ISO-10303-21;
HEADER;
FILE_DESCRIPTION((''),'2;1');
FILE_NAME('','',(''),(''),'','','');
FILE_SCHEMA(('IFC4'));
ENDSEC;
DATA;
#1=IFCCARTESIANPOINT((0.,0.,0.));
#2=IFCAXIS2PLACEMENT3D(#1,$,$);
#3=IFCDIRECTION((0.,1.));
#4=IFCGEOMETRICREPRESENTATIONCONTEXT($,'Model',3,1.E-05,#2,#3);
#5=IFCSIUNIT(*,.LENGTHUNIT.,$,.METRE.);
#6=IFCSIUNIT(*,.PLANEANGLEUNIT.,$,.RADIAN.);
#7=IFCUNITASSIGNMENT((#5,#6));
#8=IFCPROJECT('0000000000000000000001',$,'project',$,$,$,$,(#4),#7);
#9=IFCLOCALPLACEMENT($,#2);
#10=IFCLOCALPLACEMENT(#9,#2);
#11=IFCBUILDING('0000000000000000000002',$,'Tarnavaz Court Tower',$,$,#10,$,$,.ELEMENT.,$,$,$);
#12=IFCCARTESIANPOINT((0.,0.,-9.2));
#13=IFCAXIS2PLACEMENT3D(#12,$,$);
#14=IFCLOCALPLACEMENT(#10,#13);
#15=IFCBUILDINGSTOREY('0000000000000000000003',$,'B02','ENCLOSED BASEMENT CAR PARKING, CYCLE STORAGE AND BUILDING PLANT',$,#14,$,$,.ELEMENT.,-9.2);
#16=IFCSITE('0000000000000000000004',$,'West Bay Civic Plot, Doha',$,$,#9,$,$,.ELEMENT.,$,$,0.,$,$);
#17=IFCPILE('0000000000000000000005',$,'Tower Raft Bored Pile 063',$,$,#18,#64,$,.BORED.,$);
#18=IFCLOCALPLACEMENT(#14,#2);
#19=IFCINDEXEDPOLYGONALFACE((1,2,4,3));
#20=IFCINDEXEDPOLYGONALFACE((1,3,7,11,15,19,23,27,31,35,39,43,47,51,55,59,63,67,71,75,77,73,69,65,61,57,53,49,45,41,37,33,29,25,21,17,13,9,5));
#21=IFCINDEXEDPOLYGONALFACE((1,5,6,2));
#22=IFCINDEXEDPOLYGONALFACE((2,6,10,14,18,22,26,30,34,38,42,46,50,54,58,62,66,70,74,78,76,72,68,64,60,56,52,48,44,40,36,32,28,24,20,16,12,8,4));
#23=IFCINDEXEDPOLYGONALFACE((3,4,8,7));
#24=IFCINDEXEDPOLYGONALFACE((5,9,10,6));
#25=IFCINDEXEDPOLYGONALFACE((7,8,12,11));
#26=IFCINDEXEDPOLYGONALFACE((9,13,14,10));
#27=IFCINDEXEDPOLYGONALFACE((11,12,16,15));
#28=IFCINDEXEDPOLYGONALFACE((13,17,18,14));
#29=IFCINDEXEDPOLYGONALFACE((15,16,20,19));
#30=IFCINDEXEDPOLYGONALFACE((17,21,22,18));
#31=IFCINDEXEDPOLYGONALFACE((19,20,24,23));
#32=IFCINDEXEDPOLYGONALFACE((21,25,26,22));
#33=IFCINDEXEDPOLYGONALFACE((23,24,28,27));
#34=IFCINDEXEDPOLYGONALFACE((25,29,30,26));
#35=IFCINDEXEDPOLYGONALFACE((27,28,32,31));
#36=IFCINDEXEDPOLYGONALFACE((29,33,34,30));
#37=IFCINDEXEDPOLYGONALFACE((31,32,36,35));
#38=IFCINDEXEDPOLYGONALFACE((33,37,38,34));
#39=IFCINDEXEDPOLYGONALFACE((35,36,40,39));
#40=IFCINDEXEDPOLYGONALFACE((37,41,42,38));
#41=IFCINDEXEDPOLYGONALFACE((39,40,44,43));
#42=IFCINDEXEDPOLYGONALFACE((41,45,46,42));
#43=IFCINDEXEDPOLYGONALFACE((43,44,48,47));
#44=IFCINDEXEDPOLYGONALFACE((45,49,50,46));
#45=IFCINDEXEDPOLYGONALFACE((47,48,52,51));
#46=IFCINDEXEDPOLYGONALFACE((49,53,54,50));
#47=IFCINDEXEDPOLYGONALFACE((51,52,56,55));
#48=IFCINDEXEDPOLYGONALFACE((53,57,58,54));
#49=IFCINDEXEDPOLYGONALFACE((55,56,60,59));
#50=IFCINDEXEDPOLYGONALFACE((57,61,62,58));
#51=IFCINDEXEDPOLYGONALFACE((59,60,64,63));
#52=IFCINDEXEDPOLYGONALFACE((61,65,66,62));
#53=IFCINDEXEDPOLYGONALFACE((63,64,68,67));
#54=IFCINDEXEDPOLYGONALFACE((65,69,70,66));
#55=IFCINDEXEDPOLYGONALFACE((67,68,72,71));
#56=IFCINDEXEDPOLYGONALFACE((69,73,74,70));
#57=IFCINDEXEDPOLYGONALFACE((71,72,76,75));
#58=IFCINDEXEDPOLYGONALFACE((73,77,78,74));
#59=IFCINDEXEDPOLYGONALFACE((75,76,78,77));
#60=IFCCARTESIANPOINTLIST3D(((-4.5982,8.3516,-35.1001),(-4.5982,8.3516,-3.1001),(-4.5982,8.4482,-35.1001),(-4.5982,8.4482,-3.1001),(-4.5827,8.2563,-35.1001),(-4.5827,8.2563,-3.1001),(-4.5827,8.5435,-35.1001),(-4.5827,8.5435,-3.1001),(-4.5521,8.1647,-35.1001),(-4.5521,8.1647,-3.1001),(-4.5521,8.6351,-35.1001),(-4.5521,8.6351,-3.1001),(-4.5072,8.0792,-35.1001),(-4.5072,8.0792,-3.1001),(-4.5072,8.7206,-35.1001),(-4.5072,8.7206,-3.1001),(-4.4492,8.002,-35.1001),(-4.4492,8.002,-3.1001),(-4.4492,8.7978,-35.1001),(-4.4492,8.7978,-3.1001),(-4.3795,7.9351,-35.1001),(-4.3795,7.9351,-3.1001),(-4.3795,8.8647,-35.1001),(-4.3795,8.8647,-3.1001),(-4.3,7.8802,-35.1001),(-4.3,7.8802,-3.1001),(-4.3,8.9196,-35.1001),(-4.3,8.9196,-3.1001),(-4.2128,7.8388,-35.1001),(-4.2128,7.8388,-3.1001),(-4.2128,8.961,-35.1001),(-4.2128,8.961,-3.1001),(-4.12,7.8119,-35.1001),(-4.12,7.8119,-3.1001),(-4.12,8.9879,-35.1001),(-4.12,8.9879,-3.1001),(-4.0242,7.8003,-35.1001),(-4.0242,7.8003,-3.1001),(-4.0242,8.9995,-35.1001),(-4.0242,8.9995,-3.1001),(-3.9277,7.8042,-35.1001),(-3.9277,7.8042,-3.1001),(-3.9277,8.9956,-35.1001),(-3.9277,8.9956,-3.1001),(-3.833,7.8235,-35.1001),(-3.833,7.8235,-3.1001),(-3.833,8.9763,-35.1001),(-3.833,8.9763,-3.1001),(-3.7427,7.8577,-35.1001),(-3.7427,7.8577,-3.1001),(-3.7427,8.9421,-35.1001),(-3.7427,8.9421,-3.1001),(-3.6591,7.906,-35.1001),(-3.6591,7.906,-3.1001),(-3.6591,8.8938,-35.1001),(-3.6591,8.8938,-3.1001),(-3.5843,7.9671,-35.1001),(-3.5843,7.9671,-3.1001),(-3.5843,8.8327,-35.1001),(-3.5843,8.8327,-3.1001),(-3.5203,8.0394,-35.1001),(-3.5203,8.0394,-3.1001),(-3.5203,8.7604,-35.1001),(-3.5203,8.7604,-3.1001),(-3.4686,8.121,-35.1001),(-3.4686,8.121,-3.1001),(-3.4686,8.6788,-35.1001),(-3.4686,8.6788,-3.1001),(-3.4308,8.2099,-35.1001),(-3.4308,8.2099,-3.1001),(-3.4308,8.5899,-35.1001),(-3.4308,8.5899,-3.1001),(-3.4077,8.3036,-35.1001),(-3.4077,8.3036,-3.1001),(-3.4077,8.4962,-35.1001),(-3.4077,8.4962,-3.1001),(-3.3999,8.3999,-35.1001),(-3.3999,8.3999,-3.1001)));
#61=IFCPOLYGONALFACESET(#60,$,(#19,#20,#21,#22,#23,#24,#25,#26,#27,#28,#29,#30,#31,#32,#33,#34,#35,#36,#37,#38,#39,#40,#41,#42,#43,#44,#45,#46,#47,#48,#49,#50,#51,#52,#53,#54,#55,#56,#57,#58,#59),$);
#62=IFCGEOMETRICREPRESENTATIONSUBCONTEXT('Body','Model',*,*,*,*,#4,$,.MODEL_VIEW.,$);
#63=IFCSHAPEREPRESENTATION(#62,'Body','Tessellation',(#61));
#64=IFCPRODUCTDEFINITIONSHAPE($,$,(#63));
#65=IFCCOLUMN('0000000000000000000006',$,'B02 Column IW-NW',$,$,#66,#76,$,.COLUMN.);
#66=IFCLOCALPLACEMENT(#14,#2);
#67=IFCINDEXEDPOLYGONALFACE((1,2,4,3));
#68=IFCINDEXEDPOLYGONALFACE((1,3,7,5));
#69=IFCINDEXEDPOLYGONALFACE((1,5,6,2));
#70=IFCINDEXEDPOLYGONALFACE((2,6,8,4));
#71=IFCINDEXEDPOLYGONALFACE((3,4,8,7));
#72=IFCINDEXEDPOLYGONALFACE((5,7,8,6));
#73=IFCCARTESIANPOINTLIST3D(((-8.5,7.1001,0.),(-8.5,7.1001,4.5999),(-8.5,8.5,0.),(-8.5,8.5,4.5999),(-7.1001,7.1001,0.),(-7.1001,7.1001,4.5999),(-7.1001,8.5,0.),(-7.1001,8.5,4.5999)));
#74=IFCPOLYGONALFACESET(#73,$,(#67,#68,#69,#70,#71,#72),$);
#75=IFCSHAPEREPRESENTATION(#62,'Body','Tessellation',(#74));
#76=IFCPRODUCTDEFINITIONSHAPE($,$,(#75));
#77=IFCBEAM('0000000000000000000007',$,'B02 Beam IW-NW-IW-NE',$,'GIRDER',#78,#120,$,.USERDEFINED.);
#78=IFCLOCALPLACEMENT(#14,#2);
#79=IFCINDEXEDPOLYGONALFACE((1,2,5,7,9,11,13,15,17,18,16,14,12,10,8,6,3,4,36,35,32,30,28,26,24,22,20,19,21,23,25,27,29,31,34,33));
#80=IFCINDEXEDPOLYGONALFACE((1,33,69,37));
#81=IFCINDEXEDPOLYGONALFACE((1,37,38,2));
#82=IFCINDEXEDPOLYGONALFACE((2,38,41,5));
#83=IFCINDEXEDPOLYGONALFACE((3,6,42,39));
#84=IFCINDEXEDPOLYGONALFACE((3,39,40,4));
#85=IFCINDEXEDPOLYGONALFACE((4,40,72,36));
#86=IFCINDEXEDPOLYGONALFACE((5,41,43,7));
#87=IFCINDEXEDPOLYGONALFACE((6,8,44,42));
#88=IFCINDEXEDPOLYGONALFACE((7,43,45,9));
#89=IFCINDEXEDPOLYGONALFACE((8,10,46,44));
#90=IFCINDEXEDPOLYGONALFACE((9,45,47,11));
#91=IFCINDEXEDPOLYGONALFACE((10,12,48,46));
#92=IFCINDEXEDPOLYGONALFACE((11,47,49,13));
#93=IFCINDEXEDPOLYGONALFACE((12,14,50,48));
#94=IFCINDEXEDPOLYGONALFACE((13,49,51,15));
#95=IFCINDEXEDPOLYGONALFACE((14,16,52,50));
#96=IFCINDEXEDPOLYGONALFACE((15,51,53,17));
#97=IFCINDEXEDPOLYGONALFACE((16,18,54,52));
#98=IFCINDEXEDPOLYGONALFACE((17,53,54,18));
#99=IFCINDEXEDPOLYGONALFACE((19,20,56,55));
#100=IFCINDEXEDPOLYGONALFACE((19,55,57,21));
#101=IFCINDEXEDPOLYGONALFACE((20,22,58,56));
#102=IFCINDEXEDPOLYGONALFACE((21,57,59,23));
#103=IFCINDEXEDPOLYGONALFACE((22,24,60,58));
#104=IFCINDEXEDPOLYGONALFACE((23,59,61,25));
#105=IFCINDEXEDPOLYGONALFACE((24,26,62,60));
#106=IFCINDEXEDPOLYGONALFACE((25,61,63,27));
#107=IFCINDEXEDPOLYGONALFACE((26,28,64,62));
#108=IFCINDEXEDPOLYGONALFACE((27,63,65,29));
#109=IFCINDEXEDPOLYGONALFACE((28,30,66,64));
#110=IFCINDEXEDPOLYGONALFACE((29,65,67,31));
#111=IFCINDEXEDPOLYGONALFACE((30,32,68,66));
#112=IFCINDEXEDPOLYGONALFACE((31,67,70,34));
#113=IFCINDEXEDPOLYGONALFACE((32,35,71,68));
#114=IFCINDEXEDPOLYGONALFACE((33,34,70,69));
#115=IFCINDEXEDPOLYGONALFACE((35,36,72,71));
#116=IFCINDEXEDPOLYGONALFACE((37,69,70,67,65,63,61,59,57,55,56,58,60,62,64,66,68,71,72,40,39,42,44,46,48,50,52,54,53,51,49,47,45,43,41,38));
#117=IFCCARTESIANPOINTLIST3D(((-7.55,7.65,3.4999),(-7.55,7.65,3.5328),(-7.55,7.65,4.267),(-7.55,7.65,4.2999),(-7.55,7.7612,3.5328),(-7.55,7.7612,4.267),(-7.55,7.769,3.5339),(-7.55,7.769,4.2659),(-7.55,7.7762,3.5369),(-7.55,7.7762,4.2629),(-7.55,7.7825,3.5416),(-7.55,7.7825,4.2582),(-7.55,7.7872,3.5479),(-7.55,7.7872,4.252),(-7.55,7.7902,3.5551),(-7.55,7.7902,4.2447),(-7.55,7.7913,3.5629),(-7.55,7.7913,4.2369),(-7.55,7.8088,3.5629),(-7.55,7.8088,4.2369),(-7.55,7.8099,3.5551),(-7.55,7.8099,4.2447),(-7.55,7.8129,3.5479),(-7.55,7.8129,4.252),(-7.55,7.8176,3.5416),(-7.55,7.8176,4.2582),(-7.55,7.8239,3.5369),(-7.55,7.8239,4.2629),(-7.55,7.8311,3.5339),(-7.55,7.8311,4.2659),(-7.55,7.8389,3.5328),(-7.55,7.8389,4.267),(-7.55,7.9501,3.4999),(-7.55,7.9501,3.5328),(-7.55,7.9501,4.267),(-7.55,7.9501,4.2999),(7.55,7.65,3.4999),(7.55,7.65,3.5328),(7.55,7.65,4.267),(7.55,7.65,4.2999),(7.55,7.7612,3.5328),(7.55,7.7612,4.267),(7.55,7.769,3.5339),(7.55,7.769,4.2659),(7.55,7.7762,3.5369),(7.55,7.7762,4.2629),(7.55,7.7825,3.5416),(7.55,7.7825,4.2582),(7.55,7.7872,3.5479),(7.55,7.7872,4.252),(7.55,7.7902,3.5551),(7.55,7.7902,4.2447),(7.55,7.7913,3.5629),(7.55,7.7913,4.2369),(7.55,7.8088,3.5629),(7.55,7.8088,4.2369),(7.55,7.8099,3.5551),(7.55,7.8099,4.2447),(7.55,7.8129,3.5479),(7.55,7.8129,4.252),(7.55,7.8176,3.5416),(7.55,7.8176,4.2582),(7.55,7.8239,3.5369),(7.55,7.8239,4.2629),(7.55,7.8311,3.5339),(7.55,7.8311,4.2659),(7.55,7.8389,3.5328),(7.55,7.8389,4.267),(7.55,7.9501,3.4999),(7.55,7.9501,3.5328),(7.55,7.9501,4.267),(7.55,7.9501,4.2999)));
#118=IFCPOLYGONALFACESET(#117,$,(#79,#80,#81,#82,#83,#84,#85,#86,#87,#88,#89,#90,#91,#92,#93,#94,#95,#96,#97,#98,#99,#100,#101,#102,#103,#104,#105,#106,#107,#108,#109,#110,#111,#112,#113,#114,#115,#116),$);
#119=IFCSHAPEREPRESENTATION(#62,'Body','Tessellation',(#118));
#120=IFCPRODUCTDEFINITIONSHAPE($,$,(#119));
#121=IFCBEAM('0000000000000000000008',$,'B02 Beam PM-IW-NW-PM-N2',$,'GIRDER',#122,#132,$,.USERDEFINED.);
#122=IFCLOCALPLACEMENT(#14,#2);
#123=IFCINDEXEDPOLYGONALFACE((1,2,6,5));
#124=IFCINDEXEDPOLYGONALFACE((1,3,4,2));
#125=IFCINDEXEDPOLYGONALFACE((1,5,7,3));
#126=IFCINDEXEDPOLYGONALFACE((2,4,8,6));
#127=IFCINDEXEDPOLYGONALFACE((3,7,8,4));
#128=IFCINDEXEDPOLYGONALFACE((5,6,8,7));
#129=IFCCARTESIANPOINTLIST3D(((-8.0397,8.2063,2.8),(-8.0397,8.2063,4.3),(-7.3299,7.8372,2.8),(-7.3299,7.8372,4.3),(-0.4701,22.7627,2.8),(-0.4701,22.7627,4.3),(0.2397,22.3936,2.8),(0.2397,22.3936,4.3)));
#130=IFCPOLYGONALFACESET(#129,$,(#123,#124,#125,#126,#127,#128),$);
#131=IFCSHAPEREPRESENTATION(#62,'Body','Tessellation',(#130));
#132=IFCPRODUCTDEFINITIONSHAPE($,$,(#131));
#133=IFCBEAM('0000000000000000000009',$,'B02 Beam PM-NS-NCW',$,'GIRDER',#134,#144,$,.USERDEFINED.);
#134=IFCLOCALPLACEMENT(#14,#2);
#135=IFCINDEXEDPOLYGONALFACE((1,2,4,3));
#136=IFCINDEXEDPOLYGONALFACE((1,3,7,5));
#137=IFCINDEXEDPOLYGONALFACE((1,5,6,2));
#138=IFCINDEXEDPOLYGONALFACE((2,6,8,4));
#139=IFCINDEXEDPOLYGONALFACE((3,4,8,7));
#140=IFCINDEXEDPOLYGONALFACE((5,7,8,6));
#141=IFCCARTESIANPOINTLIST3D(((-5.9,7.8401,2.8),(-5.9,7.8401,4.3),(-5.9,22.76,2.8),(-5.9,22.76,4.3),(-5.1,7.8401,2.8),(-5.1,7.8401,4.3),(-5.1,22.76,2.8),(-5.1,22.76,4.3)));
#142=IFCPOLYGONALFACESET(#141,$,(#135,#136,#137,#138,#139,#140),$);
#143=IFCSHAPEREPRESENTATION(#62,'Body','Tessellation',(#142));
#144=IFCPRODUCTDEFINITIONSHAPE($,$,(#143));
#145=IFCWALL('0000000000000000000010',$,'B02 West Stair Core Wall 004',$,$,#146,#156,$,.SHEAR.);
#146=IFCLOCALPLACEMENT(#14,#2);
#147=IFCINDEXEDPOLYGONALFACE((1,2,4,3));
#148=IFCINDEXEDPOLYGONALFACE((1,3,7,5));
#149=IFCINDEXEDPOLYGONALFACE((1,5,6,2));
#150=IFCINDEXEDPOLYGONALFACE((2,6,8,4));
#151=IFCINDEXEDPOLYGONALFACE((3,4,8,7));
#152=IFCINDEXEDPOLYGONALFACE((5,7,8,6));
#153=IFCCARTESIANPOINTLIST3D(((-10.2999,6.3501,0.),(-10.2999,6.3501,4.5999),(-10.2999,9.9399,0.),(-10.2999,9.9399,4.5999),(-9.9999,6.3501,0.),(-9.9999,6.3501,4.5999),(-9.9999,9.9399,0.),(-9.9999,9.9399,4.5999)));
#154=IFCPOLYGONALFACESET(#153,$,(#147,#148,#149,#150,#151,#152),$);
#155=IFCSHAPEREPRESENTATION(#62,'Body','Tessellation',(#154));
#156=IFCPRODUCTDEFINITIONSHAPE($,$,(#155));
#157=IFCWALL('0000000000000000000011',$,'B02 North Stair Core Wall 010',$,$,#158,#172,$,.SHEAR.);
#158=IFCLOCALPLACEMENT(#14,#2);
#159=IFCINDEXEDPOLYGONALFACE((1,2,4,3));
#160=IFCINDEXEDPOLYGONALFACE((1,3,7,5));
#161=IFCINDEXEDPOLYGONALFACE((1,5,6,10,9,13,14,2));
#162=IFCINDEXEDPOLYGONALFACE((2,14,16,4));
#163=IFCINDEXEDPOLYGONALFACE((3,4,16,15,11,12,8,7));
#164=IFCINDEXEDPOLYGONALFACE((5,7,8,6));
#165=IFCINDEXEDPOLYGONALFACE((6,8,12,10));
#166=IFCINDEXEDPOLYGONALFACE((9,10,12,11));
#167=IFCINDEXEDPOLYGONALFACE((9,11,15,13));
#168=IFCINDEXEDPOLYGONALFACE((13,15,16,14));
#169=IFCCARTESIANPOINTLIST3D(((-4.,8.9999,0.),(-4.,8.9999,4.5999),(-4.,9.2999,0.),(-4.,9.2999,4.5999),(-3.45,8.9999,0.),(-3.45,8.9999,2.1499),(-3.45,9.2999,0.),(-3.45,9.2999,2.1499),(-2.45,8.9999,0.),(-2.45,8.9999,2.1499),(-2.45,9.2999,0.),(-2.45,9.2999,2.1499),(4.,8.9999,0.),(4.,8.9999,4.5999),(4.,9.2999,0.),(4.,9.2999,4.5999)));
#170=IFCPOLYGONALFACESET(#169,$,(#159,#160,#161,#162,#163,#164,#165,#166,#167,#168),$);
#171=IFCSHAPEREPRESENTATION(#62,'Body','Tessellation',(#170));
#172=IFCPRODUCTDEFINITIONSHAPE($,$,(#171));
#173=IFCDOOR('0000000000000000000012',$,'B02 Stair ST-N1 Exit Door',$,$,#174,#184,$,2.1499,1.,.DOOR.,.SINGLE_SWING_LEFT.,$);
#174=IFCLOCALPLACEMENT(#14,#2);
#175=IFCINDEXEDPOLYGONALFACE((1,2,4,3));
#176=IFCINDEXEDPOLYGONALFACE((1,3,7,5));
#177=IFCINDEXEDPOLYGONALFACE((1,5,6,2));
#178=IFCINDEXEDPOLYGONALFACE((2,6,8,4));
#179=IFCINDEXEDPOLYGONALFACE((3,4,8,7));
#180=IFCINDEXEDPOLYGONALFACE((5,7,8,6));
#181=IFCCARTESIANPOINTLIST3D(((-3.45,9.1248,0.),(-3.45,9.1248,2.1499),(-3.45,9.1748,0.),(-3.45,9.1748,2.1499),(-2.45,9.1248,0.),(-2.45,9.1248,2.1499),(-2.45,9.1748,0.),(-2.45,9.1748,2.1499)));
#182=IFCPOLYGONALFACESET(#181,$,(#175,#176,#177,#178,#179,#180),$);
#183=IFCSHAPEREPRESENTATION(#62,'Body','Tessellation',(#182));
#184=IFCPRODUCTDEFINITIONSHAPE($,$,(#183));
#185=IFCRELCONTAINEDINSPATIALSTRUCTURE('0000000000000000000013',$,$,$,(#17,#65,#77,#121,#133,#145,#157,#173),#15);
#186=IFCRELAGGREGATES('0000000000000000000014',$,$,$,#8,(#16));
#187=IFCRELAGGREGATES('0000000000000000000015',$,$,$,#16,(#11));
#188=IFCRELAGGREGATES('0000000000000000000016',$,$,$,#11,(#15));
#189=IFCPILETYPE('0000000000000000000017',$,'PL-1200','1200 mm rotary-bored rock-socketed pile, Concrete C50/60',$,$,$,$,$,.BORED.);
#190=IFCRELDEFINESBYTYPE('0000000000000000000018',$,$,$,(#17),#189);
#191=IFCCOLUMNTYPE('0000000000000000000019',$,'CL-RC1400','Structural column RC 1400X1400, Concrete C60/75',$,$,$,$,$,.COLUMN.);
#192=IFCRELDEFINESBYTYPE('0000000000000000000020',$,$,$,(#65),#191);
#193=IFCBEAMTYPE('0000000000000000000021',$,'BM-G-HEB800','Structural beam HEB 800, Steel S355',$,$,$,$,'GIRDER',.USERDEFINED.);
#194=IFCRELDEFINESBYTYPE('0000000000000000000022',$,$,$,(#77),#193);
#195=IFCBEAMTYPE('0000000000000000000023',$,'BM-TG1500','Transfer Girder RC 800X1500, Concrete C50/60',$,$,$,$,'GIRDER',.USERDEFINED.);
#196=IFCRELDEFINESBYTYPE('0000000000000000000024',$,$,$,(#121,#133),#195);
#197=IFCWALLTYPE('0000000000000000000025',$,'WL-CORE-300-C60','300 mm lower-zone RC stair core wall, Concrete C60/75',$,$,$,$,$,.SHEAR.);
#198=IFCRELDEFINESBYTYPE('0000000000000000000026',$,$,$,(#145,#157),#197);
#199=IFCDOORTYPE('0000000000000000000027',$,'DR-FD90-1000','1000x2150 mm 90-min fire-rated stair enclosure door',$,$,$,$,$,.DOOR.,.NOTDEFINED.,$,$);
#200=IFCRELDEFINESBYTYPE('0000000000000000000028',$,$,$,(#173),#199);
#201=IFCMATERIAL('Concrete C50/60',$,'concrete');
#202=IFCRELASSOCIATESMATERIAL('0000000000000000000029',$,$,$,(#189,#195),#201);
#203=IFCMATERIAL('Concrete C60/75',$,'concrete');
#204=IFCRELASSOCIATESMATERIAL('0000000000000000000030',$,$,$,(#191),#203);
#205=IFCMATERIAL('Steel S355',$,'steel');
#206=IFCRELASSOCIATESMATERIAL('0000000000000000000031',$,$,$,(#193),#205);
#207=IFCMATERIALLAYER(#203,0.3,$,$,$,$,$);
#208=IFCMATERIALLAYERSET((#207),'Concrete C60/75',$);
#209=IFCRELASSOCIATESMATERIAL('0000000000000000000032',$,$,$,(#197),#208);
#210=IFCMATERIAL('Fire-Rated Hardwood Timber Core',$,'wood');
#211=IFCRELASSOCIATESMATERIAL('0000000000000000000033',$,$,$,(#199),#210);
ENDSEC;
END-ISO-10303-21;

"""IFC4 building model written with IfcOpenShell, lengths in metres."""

from ifc_helpers import new_model, si_unit, direction, frame, frame_2d, origin, origin_2d, place, context, subcontext, project, spatial, rectangle, circle, i_section, extrude, material, layer, layer_set, material_profile, profile_set, type_object, element, fill, save


model = new_model("IFC4")

# Units and contexts
model_context = context("Model", 3, precision=1e-05, world=origin(), true_north=direction((0.0, 1.0)))
body_context = subcontext(model_context, "Body", "Model", "MODEL_VIEW")
ifc_project = project(units=[si_unit("LENGTHUNIT", "METRE"), si_unit("PLANEANGLEUNIT", "RADIAN")], contexts=[model_context])

# Site, building, storey
site_placement = place(None, origin())
site = spatial("IfcSite", under=ifc_project, at=site_placement, Name="West Bay Civic Plot, Doha", CompositionType="ELEMENT", RefElevation=0.0)
building_placement = place(site_placement, origin())
building = spatial("IfcBuilding", under=site, at=building_placement, Name="Tarnavaz Court Tower", CompositionType="ELEMENT")
storey_placement = place(building_placement, frame((0.0, 0.0, -9.2)))
storey = spatial("IfcBuildingStorey", under=building, at=storey_placement, Name="B02", Description="ENCLOSED BASEMENT CAR PARKING, CYCLE STORAGE AND BUILDING PLANT", CompositionType="ELEMENT", Elevation=-9.2)

# Shared definitions
ifc_material_1 = material(Name="Concrete C50/60", Category="concrete")

# Pile
ifc_material_profile_1 = material_profile(ifc_material_1, circle(Radius=0.6001, at=origin_2d()), Name="PILE D1200")
ifc_profile_set_1 = profile_set([ifc_material_profile_1], Name="Concrete C50/60")
pile_type = type_object("IfcPileType", Name="PL-1200", Description="1200 mm rotary-bored rock-socketed pile, Concrete C50/60", PredefinedType="BORED", material=ifc_profile_set_1)
for number, where, z_axis, x_axis, name in (
    (1, (-4.0, 8.3999, -3.1001), (0.0, 0.0, -1.0), (1.0, 0.0, 0.0), "Tower Raft Bored Pile 063"),
):
    element("IfcPile", number, at=place(storey_placement, frame(where, z_axis=z_axis, x_axis=x_axis)), inside=storey, type_object=pile_type, Name=name, PredefinedType="BORED", context=body_context, shape_type="SweptSolid", body=[
        extrude(circle(Radius=0.6001, at=origin_2d()), origin(), (0.0, 0.0, 1.0), 32.0),
    ])

# Column
ifc_material_2 = material(Name="Concrete C60/75", Category="concrete")
ifc_material_profile_2 = material_profile(ifc_material_2, rectangle(XDim=1.3999, YDim=1.3999, at=origin_2d()), Name="RC 1400X1400")
ifc_profile_set_2 = profile_set([ifc_material_profile_2], Name="Concrete C60/75")
column_type = type_object("IfcColumnType", Name="CL-RC1400", Description="Structural column RC 1400X1400, Concrete C60/75", PredefinedType="COLUMN", material=ifc_profile_set_2)
column_placement = place(storey_placement, frame((-7.8, 7.8, 0.0), z_axis=(0.0, 0.0, 1.0), x_axis=(1.0, 0.0, 0.0)))
element("IfcColumn", 2, at=column_placement, inside=storey, type_object=column_type, Name="B02 Column IW-NW", PredefinedType="COLUMN", context=body_context, shape_type="SweptSolid", body=[
    extrude(rectangle(XDim=1.3999, YDim=1.3999, at=origin_2d()), origin(), (0.0, 0.0, 1.0), 4.5999),
])

# Beams
ifc_material_3 = material(Name="Steel S355", Category="steel")
ifc_material_profile_3 = material_profile(ifc_material_3, i_section(OverallWidth=0.3, OverallDepth=0.8, WebThickness=0.0176, FlangeThickness=0.033, FilletRadius=0.03, at=origin_2d()), Name="HEB 800")
ifc_profile_set_3 = profile_set([ifc_material_profile_3], Name="Steel S355")
beam_type_1 = type_object("IfcBeamType", Name="BM-G-HEB800", Description="Structural beam HEB 800, Steel S355", ElementType="GIRDER", PredefinedType="USERDEFINED", material=ifc_profile_set_3)
beam_1_placement = place(storey_placement, frame((-7.55, 7.8, 3.8999), z_axis=(1.0, 0.0, 0.0), x_axis=(0.0, 1.0, 0.0)))
element("IfcBeam", 3, at=beam_1_placement, inside=storey, type_object=beam_type_1, Name="B02 Beam IW-NW-IW-NE", ObjectType="GIRDER", PredefinedType="USERDEFINED", context=body_context, shape_type="SweptSolid", body=[
    extrude(i_section(OverallWidth=0.3, OverallDepth=0.8, WebThickness=0.0176, FlangeThickness=0.033, FilletRadius=0.03, at=origin_2d()), origin(), (0.0, 0.0, 1.0), 15.1001),
])
ifc_material_profile_4 = material_profile(ifc_material_1, rectangle(XDim=0.8, YDim=1.5, at=origin_2d()), Name="RC 800X1500")
ifc_profile_set_4 = profile_set([ifc_material_profile_4], Name="Concrete C50/60")
beam_type_2 = type_object("IfcBeamType", Name="BM-TG1500", Description="Transfer Girder RC 800X1500, Concrete C50/60", ElementType="GIRDER", PredefinedType="USERDEFINED", material=ifc_profile_set_4)
beam_2_placement = place(storey_placement, frame((-7.6848, 8.0217, 3.55), z_axis=(0.461365, 0.88721, 0.0), x_axis=(-0.88721, 0.461365, 0.0)))
element("IfcBeam", 4, at=beam_2_placement, inside=storey, type_object=beam_type_2, Name="B02 Beam PM-IW-NW-PM-N2", ObjectType="GIRDER", PredefinedType="USERDEFINED", context=body_context, shape_type="SweptSolid", body=[
    extrude(rectangle(XDim=0.8, YDim=1.5, at=origin_2d()), origin(), (0.0, 0.0, 1.0), 16.407),
])
beam_3_placement = place(storey_placement, frame((-5.5, 7.8401, 3.55), z_axis=(0.0, 1.0, 0.0), x_axis=(-1.0, 0.0, 0.0)))
element("IfcBeam", 5, at=beam_3_placement, inside=storey, type_object=beam_type_2, Name="B02 Beam PM-NS-NCW", ObjectType="GIRDER", PredefinedType="USERDEFINED", context=body_context, shape_type="SweptSolid", body=[
    extrude(rectangle(XDim=0.8, YDim=1.5, at=origin_2d()), origin(), (0.0, 0.0, 1.0), 14.9199),
])

# Wall
ifc_layer_1 = layer(ifc_material_2, 0.3)
ifc_layer_set_1 = layer_set([ifc_layer_1], Name="Concrete C60/75")
wall_type_1 = type_object("IfcWallType", Name="WL-CORE-300-C60", Description="300 mm lower-zone RC stair core wall, Concrete C60/75", PredefinedType="SHEAR", material=ifc_layer_set_1)
wall_1_placement = place(storey_placement, frame((-10.1499, 6.3501, 0.0), z_axis=(0.0, 0.0, 1.0), x_axis=(0.0, 1.0, 0.0)))
element("IfcWall", 6, at=wall_1_placement, inside=storey, type_object=wall_type_1, Name="B02 West Stair Core Wall 004", PredefinedType="SHEAR", context=body_context, shape_type="SweptSolid", body=[
    extrude(rectangle(XDim=3.5898, YDim=0.3, at=frame_2d((1.7949, 0.0))), origin(), (0.0, 0.0, 1.0), 4.5999),
])

# Wall, opening, door
wall_2_placement = place(storey_placement, frame((-4.0, 9.1499, 0.0), z_axis=(0.0, 0.0, 1.0), x_axis=(1.0, 0.0, 0.0)))
wall_2 = element("IfcWall", 7, at=wall_2_placement, inside=storey, type_object=wall_type_1, Name="B02 North Stair Core Wall 010", PredefinedType="SHEAR", context=body_context, shape_type="SweptSolid", body=[
    extrude(rectangle(XDim=8.0, YDim=0.3, at=frame_2d((4.0, 0.0))), origin(), (0.0, 0.0, 1.0), 4.5999),
])
opening_1_placement = place(wall_2_placement, frame((0.55, 0.0, 0.0)))
opening_1 = element("IfcOpeningElement", 8, at=opening_1_placement, cuts=wall_2, PredefinedType="OPENING", context=body_context, shape_type="SweptSolid", body=[
    extrude(rectangle(XDim=1.0, YDim=2.1499, at=frame_2d((0.5, 1.075))), frame((0.0, 0.1599, 0.0), z_axis=(0.0, -1.0, 0.0), x_axis=(1.0, 0.0, 0.0)), (0.0, 0.0, 1.0), 0.3201),
])
ifc_material_4 = material(Name="Fire-Rated Hardwood Timber Core", Category="wood")
door_type_1 = type_object("IfcDoorType", Name="DR-FD90-1000", Description="1000x2150 mm 90-min fire-rated stair enclosure door", OperationType="NOTDEFINED", PredefinedType="DOOR", material=ifc_material_4)
door_1_placement = place(opening_1_placement, origin())
door_1 = element("IfcDoor", 9, at=door_1_placement, inside=storey, type_object=door_type_1, Name="B02 Stair ST-N1 Exit Door", OperationType="SINGLE_SWING_LEFT", OverallHeight=2.1499, OverallWidth=1.0, PredefinedType="DOOR", context=body_context, shape_type="SweptSolid", body=[
    extrude(rectangle(XDim=1.0, YDim=2.1499, at=frame_2d((0.5, 1.075))), frame((0.0, 0.0249, 0.0), z_axis=(0.0, -1.0, 0.0), x_axis=(1.0, 0.0, 0.0)), (0.0, 0.0, 1.0), 0.05),
])
fill(opening_1, door_1)

save(model, "model.ifc")
